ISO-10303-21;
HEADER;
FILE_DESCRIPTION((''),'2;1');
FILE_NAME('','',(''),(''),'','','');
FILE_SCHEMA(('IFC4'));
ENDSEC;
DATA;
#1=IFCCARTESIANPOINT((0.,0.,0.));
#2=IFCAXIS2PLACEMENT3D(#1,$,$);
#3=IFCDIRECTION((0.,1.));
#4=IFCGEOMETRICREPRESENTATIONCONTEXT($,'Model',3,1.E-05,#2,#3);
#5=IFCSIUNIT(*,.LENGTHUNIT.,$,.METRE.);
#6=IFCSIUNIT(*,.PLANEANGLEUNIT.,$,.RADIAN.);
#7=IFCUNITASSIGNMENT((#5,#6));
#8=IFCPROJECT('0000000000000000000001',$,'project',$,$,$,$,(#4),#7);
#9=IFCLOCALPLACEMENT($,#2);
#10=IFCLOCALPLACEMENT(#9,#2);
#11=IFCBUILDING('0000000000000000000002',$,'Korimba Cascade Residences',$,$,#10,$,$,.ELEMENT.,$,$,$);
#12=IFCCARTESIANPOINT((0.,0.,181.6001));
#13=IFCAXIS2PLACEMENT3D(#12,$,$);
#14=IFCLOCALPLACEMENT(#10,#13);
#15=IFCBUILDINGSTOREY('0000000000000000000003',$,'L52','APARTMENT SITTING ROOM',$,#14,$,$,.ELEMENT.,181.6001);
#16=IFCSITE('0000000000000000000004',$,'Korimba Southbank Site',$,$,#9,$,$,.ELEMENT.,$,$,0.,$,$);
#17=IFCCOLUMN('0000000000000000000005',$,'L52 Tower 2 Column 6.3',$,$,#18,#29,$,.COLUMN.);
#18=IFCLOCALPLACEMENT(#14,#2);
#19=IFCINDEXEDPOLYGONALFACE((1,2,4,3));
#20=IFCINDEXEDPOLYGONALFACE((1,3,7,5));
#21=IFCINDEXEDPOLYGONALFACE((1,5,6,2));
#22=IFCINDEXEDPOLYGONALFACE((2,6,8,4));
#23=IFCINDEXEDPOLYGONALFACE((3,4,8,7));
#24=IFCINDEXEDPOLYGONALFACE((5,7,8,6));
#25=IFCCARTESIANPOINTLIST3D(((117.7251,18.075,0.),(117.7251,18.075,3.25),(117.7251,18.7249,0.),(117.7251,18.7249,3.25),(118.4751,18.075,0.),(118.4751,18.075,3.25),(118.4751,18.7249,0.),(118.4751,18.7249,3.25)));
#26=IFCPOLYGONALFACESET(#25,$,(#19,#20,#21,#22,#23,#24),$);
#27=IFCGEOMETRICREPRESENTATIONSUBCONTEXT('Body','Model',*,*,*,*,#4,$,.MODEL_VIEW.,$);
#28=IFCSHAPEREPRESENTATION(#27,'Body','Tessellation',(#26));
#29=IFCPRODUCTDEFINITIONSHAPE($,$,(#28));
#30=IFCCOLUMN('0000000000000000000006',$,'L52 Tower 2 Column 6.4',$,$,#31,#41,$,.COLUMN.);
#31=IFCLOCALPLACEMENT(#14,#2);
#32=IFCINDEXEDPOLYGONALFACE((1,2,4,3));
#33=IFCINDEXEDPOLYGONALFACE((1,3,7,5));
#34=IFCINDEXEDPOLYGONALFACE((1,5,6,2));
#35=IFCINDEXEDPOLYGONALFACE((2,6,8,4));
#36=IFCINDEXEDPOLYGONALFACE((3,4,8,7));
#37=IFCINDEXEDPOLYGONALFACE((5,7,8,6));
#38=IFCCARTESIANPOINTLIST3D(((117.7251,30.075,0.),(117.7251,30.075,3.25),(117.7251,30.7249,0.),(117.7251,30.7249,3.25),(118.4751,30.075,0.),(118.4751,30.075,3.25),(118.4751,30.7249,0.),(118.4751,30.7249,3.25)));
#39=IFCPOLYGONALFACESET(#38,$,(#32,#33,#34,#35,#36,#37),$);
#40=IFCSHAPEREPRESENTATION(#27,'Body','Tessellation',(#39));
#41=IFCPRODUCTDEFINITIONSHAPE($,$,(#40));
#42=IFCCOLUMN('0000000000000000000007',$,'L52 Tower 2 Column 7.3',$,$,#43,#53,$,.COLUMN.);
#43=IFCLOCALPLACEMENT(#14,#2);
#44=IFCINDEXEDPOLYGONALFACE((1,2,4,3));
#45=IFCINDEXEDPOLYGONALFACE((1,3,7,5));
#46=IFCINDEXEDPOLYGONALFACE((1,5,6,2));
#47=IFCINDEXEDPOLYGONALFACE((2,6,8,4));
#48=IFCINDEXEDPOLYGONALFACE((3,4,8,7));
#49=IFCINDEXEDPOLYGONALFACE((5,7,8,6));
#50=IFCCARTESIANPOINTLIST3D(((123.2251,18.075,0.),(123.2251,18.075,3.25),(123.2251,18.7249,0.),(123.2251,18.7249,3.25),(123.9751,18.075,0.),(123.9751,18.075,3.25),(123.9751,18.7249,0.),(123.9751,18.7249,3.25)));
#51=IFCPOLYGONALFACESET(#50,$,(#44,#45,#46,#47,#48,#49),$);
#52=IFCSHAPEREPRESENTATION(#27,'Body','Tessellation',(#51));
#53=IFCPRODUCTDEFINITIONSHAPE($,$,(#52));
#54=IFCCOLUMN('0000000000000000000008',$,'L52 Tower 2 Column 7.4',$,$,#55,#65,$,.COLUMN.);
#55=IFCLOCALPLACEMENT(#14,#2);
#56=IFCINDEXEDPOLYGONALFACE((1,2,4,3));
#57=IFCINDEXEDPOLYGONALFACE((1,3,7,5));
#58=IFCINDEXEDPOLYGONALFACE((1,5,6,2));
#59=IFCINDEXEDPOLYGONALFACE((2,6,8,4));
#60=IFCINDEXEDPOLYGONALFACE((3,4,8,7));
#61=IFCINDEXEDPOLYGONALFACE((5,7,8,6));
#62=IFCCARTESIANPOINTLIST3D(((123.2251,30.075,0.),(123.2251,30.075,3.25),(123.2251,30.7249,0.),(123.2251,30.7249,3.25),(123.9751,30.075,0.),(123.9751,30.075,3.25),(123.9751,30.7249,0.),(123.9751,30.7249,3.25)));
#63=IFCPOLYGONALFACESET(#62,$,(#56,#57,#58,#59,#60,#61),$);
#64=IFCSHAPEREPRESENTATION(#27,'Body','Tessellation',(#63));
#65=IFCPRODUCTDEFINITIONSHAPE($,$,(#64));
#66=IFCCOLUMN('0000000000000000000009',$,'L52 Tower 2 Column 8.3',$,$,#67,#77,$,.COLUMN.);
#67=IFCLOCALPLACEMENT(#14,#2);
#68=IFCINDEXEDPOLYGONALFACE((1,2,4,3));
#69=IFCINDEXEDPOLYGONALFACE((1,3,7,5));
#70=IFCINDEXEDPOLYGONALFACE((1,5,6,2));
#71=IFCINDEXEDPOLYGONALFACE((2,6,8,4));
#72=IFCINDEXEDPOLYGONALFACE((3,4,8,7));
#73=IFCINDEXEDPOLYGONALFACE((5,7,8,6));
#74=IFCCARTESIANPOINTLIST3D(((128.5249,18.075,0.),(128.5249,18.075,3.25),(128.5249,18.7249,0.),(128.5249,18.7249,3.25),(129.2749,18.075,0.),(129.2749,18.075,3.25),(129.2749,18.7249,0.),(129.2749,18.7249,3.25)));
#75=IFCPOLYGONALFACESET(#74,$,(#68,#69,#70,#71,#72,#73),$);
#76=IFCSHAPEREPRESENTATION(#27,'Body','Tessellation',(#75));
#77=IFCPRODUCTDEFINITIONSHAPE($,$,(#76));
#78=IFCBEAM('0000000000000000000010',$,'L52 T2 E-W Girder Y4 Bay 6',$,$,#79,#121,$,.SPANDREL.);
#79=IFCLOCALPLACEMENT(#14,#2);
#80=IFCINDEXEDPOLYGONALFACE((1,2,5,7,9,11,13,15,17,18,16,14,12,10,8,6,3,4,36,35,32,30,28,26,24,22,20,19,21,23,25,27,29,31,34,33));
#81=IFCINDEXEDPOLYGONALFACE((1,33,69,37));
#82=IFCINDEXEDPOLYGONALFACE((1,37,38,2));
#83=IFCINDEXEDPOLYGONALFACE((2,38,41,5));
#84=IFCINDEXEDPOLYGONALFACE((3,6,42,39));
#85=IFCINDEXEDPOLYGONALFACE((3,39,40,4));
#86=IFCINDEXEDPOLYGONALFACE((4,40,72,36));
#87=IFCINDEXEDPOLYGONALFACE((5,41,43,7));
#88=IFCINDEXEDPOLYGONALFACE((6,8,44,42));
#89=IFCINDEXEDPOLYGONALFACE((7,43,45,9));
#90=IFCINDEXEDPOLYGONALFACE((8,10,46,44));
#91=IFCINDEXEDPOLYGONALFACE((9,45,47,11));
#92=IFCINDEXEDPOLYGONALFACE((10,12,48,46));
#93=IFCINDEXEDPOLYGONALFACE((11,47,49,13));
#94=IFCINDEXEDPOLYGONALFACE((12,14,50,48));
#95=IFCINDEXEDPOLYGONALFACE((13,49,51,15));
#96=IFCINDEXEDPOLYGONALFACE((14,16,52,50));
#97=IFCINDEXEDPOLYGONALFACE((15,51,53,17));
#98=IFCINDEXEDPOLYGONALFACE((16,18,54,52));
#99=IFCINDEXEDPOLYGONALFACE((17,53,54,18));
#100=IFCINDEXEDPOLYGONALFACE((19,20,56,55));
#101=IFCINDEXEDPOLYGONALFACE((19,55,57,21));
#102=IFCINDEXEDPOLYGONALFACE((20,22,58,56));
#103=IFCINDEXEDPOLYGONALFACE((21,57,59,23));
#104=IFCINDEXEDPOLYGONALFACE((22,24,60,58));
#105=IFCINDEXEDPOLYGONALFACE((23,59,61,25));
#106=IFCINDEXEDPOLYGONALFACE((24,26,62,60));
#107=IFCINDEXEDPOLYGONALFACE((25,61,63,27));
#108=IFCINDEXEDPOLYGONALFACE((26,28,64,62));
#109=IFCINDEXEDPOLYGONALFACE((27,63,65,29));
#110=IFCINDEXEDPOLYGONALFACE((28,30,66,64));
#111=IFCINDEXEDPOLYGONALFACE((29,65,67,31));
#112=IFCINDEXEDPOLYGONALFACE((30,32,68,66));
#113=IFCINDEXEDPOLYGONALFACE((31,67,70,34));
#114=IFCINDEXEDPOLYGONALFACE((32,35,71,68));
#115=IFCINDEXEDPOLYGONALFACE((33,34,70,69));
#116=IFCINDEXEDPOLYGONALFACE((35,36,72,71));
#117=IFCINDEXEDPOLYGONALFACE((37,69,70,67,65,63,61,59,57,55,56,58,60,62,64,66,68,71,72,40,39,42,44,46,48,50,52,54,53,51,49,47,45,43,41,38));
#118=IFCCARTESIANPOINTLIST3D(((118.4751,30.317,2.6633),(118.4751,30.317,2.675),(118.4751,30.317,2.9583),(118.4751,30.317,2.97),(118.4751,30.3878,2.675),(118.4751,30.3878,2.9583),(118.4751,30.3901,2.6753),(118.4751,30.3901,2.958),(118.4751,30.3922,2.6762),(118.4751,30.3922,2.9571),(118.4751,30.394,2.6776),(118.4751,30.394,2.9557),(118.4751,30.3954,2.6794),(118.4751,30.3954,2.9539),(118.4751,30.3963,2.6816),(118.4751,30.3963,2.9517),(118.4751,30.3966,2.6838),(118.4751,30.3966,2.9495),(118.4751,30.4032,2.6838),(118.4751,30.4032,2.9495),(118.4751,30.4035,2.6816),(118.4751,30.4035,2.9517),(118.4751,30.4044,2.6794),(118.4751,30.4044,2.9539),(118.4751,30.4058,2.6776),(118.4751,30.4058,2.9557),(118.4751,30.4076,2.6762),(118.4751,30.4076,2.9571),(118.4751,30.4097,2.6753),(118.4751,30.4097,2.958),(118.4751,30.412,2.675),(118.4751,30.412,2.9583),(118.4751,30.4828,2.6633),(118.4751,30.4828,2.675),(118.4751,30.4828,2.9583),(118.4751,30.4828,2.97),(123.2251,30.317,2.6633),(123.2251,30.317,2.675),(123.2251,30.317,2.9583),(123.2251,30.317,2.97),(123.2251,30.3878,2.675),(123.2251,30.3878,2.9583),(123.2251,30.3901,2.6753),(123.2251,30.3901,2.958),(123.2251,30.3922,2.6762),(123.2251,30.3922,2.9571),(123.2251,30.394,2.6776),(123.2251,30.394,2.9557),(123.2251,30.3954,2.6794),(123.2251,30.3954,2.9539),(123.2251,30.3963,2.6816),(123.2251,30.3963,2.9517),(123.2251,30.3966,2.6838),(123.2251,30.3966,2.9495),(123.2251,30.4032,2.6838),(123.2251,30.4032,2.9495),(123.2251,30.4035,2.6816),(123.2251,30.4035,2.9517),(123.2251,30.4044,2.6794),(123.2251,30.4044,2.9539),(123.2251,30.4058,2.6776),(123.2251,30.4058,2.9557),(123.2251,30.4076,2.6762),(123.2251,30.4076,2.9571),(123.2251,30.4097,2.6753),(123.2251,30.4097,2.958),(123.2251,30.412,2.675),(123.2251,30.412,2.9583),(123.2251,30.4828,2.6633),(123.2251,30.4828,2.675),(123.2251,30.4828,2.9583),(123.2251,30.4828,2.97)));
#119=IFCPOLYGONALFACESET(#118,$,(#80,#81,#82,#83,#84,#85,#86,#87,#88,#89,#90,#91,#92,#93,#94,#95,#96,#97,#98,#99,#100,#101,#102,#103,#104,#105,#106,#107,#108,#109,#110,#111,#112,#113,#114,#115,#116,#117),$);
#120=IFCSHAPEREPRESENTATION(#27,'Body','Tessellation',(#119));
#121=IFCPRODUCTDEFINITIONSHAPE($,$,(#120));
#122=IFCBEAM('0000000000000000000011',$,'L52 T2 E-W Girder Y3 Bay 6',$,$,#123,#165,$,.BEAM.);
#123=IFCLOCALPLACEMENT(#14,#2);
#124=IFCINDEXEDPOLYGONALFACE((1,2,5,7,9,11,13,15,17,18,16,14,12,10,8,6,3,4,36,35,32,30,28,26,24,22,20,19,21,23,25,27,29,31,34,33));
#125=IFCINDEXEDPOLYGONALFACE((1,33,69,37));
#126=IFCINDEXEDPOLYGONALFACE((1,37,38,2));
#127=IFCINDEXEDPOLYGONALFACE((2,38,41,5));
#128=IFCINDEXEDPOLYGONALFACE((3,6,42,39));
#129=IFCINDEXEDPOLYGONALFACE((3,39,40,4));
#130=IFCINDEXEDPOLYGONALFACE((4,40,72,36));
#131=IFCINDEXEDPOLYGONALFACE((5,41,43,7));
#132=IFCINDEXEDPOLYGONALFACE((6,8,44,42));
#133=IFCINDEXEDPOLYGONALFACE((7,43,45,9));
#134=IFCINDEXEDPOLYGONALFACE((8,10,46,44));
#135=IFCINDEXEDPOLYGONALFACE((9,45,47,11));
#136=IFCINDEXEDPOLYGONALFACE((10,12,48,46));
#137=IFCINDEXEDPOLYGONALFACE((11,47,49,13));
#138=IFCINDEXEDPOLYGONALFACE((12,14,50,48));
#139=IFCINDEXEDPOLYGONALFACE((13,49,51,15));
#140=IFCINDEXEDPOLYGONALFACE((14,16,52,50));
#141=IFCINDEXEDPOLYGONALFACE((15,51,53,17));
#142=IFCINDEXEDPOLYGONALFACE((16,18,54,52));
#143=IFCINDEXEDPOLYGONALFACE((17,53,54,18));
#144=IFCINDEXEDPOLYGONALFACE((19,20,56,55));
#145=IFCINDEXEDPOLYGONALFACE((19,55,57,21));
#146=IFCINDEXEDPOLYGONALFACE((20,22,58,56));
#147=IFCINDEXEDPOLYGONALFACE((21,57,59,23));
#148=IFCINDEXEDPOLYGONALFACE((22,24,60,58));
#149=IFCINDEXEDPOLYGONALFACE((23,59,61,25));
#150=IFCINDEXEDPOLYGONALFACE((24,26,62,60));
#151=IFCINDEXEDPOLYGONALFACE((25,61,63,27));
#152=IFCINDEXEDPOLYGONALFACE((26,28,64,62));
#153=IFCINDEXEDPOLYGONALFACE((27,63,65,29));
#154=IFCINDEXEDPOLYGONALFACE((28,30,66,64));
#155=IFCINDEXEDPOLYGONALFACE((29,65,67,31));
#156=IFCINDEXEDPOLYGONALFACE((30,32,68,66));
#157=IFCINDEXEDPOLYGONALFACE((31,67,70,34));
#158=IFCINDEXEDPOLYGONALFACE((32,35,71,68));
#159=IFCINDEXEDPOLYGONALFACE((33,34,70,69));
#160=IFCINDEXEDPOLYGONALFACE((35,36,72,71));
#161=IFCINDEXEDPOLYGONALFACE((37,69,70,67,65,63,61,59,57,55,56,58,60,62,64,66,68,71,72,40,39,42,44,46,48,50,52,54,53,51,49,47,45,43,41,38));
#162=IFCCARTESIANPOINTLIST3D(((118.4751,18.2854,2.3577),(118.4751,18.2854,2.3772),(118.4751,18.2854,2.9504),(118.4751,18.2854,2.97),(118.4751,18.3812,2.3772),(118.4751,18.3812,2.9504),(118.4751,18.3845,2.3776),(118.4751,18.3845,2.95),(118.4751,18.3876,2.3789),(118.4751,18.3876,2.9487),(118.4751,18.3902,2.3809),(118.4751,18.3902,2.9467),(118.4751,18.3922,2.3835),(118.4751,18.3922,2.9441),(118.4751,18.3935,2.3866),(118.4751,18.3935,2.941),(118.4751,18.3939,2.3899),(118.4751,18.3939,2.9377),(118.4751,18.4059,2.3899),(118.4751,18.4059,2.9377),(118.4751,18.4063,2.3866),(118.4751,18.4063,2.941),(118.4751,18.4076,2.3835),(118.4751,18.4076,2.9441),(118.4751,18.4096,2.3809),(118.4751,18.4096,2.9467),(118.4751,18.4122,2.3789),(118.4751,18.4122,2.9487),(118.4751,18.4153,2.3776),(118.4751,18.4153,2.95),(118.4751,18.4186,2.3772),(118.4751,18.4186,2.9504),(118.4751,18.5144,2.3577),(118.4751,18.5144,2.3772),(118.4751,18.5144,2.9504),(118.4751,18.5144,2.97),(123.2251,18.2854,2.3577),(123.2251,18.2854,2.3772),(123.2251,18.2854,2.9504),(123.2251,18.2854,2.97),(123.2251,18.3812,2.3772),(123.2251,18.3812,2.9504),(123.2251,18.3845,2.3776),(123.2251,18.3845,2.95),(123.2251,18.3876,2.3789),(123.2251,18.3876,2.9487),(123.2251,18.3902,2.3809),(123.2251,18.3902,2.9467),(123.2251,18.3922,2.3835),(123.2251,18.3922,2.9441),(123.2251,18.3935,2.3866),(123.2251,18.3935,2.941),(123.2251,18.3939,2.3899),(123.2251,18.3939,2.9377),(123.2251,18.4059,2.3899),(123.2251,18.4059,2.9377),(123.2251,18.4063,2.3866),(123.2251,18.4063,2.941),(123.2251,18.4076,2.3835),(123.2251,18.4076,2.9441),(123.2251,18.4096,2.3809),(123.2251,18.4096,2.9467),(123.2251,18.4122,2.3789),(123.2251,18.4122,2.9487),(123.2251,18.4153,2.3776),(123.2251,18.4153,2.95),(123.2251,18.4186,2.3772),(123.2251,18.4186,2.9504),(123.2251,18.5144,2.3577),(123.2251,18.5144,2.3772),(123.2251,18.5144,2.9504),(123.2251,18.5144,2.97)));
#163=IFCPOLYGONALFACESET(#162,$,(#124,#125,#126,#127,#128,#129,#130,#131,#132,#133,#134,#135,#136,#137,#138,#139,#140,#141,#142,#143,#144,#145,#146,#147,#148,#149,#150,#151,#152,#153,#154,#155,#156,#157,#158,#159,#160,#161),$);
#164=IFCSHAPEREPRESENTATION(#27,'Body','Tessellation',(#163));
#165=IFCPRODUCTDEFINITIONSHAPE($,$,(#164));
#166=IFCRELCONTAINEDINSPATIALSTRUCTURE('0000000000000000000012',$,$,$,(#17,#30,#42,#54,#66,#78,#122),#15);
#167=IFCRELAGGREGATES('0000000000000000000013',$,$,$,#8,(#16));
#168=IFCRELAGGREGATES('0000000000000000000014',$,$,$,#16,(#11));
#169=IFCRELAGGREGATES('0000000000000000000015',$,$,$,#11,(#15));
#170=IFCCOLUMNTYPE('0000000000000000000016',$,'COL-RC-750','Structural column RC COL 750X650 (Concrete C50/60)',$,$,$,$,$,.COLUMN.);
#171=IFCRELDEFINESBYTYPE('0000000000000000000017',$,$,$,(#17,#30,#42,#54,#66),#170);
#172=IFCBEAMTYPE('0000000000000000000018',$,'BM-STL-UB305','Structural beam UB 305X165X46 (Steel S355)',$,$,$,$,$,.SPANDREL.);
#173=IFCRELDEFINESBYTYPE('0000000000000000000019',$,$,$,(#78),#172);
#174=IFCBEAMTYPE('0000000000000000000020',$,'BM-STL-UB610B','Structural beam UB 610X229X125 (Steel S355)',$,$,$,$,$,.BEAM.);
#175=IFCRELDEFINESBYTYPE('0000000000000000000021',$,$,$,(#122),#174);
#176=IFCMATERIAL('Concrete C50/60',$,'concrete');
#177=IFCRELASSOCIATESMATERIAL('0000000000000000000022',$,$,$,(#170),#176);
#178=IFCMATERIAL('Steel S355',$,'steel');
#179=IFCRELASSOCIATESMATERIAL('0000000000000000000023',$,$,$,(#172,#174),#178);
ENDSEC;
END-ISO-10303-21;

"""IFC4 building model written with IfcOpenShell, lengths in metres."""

from ifc_helpers import new_model, si_unit, direction, frame, origin, origin_2d, place, context, subcontext, project, spatial, rectangle, i_section, extrude, material, material_profile, profile_set, type_object, element, save


model = new_model("IFC4")

# Units and contexts
model_context = context("Model", 3, precision=1e-05, world=origin(), true_north=direction((0.0, 1.0)))
body_context = subcontext(model_context, "Body", "Model", "MODEL_VIEW")
ifc_project = project(units=[si_unit("LENGTHUNIT", "METRE"), si_unit("PLANEANGLEUNIT", "RADIAN")], contexts=[model_context])

# Site, building, storey
site_placement = place(None, origin())
site = spatial("IfcSite", under=ifc_project, at=site_placement, Name="Korimba Southbank Site", CompositionType="ELEMENT", RefElevation=0.0)
building_placement = place(site_placement, origin())
building = spatial("IfcBuilding", under=site, at=building_placement, Name="Korimba Cascade Residences", CompositionType="ELEMENT")
storey_placement = place(building_placement, frame((0.0, 0.0, 181.6001)))
storey = spatial("IfcBuildingStorey", under=building, at=storey_placement, Name="L52", Description="APARTMENT SITTING ROOM", CompositionType="ELEMENT", Elevation=181.6001)

# Columns
ifc_material_1 = material(Name="Concrete C50/60", Category="concrete")
ifc_material_profile_1 = material_profile(ifc_material_1, rectangle(XDim=0.75, YDim=0.6499, at=origin_2d()), Name="Concrete C50/60")
ifc_profile_set_1 = profile_set([ifc_material_profile_1], Name="Concrete C50/60")
column_type = type_object("IfcColumnType", Name="COL-RC-750", Description="Structural column RC COL 750X650 (Concrete C50/60)", PredefinedType="COLUMN", material=ifc_profile_set_1)
for number, where, z_axis, x_axis, name in (
    (1, (118.1001, 18.3999, 0.0), (0.0, 0.0, 1.0), (1.0, 0.0, 0.0), "L52 Tower 2 Column 6.3"),
    (2, (118.1001, 30.3999, 0.0), (0.0, 0.0, 1.0), (1.0, 0.0, 0.0), "L52 Tower 2 Column 6.4"),
    (3, (123.6001, 18.3999, 0.0), (0.0, 0.0, 1.0), (1.0, 0.0, 0.0), "L52 Tower 2 Column 7.3"),
    (4, (123.6001, 30.3999, 0.0), (0.0, 0.0, 1.0), (1.0, 0.0, 0.0), "L52 Tower 2 Column 7.4"),
    (5, (128.8999, 18.3999, 0.0), (0.0, 0.0, 1.0), (1.0, 0.0, 0.0), "L52 Tower 2 Column 8.3"),
):
    element("IfcColumn", number, at=place(storey_placement, frame(where, z_axis=z_axis, x_axis=x_axis)), inside=storey, type_object=column_type, Name=name, PredefinedType="COLUMN", context=body_context, shape_type="SweptSolid", body=[
        extrude(rectangle(XDim=0.75, YDim=0.6499, at=origin_2d()), origin(), (0.0, 0.0, 1.0), 3.25),
    ])

# Beams
ifc_material_2 = material(Name="Steel S355", Category="steel")
ifc_material_profile_2 = material_profile(ifc_material_2, i_section(OverallWidth=0.1658, OverallDepth=0.3066, WebThickness=0.0066, FlangeThickness=0.0117, FilletRadius=0.0088, at=origin_2d()), Name="Steel S355")
ifc_profile_set_2 = profile_set([ifc_material_profile_2], Name="Steel S355")
beam_type_1 = type_object("IfcBeamType", Name="BM-STL-UB305", Description="Structural beam UB 305X165X46 (Steel S355)", PredefinedType="SPANDREL", material=ifc_profile_set_2)
beam_1_placement = place(storey_placement, frame((118.4751, 30.3999, 2.8167), z_axis=(1.0, 0.0, 0.0), x_axis=(0.0, 1.0, 0.0)))
element("IfcBeam", 6, at=beam_1_placement, inside=storey, type_object=beam_type_1, Name="L52 T2 E-W Girder Y4 Bay 6", PredefinedType="SPANDREL", context=body_context, shape_type="SweptSolid", body=[
    extrude(i_section(OverallWidth=0.1658, OverallDepth=0.3066, WebThickness=0.0066, FlangeThickness=0.0117, FilletRadius=0.0088, at=origin_2d()), origin(), (0.0, 0.0, 1.0), 4.75),
])
ifc_material_profile_3 = material_profile(ifc_material_2, i_section(OverallWidth=0.229, OverallDepth=0.6123, WebThickness=0.012, FlangeThickness=0.0195, FilletRadius=0.0127, at=origin_2d()), Name="Steel S355")
ifc_profile_set_3 = profile_set([ifc_material_profile_3], Name="Steel S355")
beam_type_2 = type_object("IfcBeamType", Name="BM-STL-UB610B", Description="Structural beam UB 610X229X125 (Steel S355)", PredefinedType="BEAM", material=ifc_profile_set_3)
beam_2_placement = place(storey_placement, frame((118.4751, 18.3999, 2.6638), z_axis=(1.0, 0.0, 0.0), x_axis=(0.0, 1.0, 0.0)))
element("IfcBeam", 7, at=beam_2_placement, inside=storey, type_object=beam_type_2, Name="L52 T2 E-W Girder Y3 Bay 6", PredefinedType="BEAM", context=body_context, shape_type="SweptSolid", body=[
    extrude(i_section(OverallWidth=0.229, OverallDepth=0.6123, WebThickness=0.012, FlangeThickness=0.0195, FilletRadius=0.0127, at=origin_2d()), origin(), (0.0, 0.0, 1.0), 4.75),
])

save(model, "model.ifc")
